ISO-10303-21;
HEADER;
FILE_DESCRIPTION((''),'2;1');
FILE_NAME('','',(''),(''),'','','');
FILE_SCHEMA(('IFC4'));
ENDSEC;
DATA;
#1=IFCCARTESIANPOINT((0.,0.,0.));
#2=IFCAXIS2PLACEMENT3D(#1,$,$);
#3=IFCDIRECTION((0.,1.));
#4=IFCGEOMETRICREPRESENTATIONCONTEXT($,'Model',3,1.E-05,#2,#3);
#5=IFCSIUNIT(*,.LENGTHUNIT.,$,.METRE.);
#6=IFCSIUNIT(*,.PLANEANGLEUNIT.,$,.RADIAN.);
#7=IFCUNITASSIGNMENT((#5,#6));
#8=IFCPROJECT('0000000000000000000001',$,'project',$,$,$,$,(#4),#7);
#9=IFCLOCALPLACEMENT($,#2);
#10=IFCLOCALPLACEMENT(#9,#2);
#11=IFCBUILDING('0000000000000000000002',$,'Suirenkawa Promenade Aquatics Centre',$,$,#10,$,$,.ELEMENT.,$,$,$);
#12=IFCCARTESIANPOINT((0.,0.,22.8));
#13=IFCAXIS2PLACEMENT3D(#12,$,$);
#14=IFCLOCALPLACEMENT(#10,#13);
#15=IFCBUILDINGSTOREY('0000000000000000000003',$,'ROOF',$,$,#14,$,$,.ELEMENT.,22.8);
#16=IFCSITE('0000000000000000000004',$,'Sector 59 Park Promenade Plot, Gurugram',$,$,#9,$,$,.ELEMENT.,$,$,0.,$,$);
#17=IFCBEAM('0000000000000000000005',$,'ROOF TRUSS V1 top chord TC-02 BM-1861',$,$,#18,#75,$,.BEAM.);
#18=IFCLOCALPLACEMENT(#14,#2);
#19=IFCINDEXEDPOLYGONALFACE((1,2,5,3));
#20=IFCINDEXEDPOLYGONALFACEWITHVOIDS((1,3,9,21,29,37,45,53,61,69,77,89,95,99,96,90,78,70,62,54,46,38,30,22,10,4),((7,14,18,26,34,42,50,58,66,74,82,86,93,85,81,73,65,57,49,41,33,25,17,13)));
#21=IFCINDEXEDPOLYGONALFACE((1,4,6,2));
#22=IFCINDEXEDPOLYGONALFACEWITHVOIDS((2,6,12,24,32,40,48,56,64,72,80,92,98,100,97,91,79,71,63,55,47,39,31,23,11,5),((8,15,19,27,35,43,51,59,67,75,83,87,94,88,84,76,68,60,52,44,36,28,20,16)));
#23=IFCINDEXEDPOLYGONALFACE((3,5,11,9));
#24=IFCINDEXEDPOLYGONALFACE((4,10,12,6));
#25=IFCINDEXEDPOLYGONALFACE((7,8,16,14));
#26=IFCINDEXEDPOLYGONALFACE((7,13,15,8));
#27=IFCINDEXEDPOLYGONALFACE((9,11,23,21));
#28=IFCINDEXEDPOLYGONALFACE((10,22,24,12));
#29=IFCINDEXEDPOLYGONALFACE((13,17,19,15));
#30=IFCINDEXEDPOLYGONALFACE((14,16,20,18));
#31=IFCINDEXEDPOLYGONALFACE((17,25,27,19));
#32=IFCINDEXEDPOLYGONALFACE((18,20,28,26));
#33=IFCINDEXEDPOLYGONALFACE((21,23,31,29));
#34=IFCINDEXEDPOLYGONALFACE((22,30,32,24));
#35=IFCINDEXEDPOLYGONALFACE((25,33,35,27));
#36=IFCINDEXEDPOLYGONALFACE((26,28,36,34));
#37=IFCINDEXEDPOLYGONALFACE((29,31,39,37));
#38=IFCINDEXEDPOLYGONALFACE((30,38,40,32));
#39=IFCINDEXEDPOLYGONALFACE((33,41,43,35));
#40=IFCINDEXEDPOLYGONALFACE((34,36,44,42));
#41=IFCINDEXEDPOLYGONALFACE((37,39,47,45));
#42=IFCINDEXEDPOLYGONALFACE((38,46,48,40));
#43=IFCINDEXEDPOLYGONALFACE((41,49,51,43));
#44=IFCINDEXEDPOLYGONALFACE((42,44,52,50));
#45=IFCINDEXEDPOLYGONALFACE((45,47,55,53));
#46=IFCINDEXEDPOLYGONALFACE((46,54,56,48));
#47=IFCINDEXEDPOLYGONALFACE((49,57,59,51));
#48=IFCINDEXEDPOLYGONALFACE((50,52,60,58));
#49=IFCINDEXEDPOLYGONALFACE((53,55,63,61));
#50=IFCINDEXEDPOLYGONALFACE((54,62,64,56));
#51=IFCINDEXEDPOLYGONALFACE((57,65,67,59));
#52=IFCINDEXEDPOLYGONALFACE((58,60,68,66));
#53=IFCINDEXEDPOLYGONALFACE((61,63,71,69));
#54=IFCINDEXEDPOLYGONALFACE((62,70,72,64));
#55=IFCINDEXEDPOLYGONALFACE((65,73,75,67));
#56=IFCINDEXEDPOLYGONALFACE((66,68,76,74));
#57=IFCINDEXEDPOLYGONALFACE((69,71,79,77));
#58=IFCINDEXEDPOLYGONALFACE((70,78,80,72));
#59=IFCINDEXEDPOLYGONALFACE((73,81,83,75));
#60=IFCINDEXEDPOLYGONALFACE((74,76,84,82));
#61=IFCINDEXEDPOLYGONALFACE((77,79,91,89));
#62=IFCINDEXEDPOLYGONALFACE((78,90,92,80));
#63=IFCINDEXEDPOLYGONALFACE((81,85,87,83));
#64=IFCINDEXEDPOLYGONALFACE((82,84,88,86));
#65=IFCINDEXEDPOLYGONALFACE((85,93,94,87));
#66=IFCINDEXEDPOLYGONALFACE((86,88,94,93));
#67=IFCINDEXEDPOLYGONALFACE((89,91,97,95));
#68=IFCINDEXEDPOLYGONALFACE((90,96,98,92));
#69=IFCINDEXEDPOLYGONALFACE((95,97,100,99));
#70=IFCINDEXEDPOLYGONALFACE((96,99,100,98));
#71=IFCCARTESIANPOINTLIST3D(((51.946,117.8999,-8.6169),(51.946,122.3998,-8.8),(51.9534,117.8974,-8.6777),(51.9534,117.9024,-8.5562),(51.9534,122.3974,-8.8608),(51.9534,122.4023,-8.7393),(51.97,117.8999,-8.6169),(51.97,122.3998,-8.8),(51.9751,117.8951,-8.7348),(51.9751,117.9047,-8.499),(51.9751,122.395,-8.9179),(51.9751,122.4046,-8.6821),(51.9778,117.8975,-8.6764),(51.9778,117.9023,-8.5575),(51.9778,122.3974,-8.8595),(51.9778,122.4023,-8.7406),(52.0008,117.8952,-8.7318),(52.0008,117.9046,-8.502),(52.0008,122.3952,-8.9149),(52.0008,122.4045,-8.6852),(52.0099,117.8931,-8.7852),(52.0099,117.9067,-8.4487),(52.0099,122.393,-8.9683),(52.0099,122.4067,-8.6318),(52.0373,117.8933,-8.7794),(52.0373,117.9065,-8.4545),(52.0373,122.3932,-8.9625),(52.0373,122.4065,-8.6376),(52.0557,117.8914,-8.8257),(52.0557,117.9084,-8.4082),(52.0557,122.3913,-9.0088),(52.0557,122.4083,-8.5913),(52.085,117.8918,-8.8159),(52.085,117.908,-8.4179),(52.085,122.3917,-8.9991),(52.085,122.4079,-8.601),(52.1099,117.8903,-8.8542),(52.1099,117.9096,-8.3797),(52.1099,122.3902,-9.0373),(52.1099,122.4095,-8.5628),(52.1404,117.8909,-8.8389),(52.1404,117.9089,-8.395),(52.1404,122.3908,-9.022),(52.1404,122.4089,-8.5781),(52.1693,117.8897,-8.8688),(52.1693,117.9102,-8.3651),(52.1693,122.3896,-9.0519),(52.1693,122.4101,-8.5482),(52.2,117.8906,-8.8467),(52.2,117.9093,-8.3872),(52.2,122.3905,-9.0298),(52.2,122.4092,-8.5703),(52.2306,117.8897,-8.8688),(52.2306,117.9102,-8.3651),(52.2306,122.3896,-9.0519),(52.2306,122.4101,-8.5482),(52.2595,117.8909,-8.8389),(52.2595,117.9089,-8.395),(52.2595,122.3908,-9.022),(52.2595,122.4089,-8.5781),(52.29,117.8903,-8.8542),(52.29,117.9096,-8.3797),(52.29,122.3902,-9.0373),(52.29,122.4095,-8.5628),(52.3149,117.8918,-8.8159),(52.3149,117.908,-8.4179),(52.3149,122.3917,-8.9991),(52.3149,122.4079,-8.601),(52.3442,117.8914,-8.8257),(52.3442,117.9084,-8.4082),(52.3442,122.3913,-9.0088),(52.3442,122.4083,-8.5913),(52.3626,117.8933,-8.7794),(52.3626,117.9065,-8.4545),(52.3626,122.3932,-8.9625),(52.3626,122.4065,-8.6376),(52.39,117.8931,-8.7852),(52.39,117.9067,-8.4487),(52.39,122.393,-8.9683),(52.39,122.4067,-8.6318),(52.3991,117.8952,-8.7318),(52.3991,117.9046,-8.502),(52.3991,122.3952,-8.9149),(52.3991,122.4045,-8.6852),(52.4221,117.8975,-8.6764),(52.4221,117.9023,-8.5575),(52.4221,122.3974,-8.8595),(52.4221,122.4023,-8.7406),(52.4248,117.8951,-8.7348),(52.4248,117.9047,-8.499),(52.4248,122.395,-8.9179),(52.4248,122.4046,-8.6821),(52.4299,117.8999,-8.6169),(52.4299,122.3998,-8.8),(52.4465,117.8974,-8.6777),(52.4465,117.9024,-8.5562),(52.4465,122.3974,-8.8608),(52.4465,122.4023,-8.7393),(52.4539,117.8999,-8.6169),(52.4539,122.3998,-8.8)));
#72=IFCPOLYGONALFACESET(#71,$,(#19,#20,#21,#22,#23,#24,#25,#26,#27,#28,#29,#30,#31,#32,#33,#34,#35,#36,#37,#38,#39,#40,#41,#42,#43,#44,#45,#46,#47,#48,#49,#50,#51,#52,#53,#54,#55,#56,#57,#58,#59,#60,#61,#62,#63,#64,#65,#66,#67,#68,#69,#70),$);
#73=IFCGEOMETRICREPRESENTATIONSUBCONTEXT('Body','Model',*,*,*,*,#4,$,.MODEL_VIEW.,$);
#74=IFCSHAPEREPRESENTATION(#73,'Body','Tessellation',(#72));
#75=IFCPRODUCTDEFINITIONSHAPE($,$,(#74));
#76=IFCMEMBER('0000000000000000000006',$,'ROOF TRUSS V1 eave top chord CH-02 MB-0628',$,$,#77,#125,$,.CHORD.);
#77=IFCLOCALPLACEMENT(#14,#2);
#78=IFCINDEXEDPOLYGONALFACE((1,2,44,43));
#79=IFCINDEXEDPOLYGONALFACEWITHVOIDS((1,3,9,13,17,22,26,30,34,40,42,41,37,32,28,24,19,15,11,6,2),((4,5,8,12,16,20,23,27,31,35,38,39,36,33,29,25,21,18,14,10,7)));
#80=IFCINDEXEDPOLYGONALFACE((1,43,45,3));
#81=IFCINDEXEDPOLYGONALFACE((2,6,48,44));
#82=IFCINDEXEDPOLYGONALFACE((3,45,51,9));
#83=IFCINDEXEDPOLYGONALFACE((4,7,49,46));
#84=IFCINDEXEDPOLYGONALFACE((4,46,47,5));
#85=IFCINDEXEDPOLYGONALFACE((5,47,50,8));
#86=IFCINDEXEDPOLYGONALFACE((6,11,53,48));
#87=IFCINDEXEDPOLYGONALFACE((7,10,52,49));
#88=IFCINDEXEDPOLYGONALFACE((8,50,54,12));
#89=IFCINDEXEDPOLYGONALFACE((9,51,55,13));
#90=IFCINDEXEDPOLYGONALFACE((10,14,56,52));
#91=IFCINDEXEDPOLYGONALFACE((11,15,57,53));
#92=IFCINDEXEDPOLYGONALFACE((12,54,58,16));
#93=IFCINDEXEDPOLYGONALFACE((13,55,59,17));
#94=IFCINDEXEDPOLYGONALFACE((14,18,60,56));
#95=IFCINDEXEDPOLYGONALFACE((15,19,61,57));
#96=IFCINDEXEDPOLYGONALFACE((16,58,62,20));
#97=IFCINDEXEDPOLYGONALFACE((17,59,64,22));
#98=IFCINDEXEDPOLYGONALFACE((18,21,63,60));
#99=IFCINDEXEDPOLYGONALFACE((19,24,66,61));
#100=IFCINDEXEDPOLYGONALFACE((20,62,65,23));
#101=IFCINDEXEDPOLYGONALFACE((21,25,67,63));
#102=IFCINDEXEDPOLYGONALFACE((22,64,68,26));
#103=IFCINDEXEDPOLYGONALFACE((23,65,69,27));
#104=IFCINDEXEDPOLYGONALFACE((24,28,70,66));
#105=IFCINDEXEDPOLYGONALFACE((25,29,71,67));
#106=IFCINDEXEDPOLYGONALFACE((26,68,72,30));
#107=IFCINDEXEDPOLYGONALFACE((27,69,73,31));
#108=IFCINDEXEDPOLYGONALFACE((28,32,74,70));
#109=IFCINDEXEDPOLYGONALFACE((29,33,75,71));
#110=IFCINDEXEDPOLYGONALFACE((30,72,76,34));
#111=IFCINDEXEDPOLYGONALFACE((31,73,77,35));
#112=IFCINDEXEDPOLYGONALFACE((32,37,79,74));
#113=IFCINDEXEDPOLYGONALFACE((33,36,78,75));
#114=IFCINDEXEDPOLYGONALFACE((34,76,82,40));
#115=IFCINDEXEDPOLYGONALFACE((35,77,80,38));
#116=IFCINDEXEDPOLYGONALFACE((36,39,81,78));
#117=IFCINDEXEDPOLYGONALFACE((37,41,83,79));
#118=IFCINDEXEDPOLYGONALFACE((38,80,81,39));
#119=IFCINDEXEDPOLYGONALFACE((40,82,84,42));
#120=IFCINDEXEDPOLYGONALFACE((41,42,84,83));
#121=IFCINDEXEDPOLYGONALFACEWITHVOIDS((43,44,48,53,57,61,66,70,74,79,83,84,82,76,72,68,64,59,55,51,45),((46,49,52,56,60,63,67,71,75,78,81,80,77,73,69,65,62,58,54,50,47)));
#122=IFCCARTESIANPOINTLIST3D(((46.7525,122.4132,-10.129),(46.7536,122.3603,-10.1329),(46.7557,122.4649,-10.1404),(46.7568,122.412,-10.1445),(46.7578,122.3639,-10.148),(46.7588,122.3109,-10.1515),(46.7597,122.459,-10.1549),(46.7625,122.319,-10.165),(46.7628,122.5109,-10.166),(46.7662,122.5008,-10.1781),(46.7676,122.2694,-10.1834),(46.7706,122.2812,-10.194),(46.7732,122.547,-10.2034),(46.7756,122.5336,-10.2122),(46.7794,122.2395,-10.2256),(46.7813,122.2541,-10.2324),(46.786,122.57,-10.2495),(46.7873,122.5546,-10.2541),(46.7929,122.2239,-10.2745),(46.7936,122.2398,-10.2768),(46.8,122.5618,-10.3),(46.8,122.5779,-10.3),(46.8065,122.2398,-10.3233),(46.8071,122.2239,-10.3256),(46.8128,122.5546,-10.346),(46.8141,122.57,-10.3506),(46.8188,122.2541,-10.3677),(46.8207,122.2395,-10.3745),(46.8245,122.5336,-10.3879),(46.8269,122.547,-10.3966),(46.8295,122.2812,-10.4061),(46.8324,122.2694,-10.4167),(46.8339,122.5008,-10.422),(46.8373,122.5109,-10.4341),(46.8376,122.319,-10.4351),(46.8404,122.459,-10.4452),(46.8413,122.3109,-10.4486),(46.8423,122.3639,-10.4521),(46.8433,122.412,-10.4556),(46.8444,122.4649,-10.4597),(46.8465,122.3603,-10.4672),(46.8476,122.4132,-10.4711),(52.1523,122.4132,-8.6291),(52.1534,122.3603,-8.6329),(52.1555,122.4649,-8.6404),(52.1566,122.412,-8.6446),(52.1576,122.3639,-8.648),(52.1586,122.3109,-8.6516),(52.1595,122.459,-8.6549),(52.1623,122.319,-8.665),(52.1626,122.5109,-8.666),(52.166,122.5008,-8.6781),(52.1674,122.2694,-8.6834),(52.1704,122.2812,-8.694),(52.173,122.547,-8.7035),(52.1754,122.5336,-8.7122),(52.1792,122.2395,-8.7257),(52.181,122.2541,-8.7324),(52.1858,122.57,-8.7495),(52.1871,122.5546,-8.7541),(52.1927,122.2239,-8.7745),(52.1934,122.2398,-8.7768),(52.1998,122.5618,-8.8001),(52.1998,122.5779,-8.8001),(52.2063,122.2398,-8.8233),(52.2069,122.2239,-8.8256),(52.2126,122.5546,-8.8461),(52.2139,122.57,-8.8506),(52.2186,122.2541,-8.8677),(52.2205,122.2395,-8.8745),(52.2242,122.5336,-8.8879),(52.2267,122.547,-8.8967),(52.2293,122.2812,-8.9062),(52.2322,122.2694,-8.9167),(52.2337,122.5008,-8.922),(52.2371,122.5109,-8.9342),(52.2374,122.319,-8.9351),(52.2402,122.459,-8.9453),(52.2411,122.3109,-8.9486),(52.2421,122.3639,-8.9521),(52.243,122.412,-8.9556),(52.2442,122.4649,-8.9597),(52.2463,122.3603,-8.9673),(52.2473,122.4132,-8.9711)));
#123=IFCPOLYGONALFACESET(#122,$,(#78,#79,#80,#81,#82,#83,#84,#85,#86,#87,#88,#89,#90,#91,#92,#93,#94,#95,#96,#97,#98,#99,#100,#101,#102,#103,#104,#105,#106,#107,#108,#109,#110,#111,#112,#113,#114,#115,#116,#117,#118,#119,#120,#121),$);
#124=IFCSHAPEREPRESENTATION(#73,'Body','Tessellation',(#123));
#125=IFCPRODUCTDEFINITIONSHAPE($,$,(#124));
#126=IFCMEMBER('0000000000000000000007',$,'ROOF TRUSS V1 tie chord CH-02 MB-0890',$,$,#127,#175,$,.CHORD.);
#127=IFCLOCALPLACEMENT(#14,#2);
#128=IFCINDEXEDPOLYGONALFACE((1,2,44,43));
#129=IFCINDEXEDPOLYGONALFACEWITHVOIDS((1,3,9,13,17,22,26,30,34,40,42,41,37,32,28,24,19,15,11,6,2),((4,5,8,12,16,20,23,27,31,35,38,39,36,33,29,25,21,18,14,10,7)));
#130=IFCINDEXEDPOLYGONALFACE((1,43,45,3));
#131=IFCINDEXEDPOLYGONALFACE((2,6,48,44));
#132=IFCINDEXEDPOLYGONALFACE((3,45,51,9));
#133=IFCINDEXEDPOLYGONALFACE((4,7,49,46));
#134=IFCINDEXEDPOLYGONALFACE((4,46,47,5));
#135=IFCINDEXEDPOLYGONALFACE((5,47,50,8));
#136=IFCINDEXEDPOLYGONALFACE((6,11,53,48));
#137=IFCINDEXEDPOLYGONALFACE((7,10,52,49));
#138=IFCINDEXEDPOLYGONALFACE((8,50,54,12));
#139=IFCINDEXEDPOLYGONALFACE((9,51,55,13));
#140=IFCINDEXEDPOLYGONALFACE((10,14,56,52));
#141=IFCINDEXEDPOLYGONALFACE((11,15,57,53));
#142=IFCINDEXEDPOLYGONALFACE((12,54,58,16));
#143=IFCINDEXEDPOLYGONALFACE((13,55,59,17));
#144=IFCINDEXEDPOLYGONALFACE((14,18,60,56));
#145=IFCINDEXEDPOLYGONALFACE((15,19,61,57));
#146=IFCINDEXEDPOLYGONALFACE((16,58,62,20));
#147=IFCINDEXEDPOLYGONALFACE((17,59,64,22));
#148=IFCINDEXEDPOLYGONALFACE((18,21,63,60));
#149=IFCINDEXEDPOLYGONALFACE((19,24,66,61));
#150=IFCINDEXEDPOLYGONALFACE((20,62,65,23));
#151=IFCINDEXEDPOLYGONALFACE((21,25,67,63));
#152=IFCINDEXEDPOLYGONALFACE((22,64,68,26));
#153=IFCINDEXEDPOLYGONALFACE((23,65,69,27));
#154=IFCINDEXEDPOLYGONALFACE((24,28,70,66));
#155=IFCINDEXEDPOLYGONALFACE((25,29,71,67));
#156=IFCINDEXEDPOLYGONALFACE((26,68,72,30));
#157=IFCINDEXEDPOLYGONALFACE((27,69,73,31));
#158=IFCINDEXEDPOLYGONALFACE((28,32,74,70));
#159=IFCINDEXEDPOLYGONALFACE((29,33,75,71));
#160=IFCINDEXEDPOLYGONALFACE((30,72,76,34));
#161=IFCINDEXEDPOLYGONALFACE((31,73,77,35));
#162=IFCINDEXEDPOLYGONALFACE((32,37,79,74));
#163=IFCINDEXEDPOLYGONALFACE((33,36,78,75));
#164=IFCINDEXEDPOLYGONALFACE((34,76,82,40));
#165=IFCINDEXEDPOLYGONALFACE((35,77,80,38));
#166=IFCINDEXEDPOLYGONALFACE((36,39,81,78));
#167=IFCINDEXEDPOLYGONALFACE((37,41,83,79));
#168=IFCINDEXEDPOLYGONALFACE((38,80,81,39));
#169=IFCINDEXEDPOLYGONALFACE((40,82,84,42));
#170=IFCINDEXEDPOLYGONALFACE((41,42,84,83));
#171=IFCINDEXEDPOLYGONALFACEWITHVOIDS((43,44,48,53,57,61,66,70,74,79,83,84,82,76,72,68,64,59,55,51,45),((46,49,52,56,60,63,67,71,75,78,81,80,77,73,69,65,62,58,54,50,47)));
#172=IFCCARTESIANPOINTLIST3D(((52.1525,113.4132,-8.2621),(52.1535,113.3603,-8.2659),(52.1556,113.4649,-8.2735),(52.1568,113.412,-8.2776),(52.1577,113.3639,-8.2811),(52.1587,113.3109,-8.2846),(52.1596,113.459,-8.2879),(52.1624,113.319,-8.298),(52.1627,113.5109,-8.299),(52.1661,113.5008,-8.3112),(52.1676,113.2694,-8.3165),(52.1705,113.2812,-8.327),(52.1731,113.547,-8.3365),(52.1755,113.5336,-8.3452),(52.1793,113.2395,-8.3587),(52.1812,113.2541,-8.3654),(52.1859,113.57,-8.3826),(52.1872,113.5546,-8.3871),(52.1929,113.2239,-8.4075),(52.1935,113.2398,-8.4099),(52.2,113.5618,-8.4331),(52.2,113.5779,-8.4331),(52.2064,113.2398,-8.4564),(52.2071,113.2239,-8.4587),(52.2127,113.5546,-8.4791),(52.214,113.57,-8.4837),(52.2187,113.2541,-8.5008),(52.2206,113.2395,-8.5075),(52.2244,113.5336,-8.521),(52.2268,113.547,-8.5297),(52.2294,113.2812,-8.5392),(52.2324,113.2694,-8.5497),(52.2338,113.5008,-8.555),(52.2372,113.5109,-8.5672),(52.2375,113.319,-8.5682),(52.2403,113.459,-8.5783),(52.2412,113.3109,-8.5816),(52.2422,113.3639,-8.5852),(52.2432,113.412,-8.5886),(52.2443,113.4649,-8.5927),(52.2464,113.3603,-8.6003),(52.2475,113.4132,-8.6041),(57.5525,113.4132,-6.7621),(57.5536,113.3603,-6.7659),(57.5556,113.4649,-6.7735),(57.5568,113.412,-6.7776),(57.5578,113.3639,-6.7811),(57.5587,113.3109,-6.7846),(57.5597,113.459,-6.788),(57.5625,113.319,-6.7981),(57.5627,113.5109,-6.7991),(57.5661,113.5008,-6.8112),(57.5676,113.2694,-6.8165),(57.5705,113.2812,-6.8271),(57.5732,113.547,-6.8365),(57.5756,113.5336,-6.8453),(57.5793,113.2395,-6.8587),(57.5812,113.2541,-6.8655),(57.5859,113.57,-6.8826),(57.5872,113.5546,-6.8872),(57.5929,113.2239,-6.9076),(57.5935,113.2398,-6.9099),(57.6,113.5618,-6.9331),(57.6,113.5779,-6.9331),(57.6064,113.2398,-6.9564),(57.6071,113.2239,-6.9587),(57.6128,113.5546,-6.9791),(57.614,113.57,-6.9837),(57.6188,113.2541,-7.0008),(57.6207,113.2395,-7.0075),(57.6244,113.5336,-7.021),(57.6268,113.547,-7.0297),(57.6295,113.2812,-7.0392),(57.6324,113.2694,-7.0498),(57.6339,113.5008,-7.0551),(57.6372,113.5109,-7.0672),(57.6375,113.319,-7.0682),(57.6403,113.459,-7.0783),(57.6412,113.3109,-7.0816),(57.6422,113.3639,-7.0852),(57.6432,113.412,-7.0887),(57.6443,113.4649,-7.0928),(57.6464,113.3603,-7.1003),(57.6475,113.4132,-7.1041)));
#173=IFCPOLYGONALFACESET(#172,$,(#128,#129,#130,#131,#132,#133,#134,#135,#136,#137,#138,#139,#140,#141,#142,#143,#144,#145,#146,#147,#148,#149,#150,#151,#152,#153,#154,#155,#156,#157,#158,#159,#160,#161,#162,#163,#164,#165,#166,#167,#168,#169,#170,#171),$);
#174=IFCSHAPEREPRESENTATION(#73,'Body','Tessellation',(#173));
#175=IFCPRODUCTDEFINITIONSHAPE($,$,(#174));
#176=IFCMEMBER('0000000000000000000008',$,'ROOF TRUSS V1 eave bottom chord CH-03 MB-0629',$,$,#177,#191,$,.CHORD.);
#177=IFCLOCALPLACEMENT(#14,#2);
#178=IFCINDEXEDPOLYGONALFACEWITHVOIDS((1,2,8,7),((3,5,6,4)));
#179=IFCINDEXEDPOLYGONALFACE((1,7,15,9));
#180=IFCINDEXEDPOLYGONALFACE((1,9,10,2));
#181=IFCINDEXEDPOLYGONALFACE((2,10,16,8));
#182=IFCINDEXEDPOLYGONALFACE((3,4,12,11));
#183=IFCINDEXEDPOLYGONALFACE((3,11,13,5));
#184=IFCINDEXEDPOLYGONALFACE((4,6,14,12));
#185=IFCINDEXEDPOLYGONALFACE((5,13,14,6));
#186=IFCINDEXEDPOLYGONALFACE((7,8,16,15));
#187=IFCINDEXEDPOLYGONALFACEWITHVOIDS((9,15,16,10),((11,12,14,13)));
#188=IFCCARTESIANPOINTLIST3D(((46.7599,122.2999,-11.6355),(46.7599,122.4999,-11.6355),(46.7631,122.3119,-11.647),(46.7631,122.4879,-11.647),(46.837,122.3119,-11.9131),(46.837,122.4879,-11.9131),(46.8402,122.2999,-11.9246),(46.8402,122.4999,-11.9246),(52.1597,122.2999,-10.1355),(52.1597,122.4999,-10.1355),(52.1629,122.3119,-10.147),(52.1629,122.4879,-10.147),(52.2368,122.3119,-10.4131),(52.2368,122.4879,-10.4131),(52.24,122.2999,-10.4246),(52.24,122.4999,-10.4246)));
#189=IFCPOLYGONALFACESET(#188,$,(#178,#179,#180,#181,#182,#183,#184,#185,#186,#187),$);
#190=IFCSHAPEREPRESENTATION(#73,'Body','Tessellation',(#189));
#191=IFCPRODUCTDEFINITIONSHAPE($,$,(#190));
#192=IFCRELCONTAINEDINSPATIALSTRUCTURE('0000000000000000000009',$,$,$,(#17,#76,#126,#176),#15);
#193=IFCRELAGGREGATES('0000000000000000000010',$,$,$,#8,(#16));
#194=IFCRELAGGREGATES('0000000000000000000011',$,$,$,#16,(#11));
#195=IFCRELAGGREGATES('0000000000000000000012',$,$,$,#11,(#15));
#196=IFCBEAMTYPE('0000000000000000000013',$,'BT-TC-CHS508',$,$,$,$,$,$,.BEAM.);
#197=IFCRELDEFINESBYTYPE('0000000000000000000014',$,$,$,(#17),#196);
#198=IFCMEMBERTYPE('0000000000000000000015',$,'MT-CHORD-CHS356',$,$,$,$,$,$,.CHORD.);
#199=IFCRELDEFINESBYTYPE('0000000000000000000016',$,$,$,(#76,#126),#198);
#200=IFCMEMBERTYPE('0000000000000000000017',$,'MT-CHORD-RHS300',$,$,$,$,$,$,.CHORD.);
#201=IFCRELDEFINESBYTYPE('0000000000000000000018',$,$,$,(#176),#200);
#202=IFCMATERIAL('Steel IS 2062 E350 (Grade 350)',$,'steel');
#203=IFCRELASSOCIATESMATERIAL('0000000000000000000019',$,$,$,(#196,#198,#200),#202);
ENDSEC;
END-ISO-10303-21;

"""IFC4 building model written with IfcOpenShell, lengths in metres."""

from ifc_helpers import new_model, si_unit, direction, frame, origin, origin_2d, place, context, subcontext, project, spatial, hollow_rectangle, hollow_circle, extrude, material, material_profile, profile_set, type_object, element, save


model = new_model("IFC4")

# Units and contexts
model_context = context("Model", 3, precision=1e-05, world=origin(), true_north=direction((0.0, 1.0)))
body_context = subcontext(model_context, "Body", "Model", "MODEL_VIEW")
ifc_project = project(units=[si_unit("LENGTHUNIT", "METRE"), si_unit("PLANEANGLEUNIT", "RADIAN")], contexts=[model_context])

# Site, building, storey
site_placement = place(None, origin())
site = spatial("IfcSite", under=ifc_project, at=site_placement, Name="Sector 59 Park Promenade Plot, Gurugram", CompositionType="ELEMENT", RefElevation=0.0)
building_placement = place(site_placement, origin())
building = spatial("IfcBuilding", under=site, at=building_placement, Name="Suirenkawa Promenade Aquatics Centre", CompositionType="ELEMENT")
storey_placement = place(building_placement, frame((0.0, 0.0, 22.8)))
storey = spatial("IfcBuildingStorey", under=building, at=storey_placement, Name="ROOF", CompositionType="ELEMENT", Elevation=22.8)

# Beam
ifc_material = material(Name="Steel IS 2062 E350 (Grade 350)", Category="steel")
ifc_material_profile_1 = material_profile(ifc_material, hollow_circle(Radius=0.2539, WallThickness=0.0239, at=origin_2d()), Name="CHS 508x24", Category="steel")
ifc_profile_set_1 = profile_set([ifc_material_profile_1], Name="Steel IS 2062 E350 (Grade 350)")
beam_type_1 = type_object("IfcBeamType", Name="BT-TC-CHS508", PredefinedType="BEAM", material=ifc_profile_set_1)
for number, where, z_axis, x_axis, name in (
    (1, (52.2, 117.8999, -8.6169), (0.0, 0.999173, -0.040656), (-1.0, 0.0, 0.0), "ROOF TRUSS V1 top chord TC-02 BM-1861"),
):
    element("IfcBeam", number, at=place(storey_placement, frame(where, z_axis=z_axis, x_axis=x_axis)), inside=storey, type_object=beam_type_1, Name=name, PredefinedType="BEAM", context=body_context, shape_type="SweptSolid", body=[
        extrude(hollow_circle(Radius=0.2539, WallThickness=0.0239, at=origin_2d()), origin(), (0.0, 0.0, 1.0), 4.5037),
    ])

# Members
ifc_material_profile_2 = material_profile(ifc_material, hollow_circle(Radius=0.178, WallThickness=0.0161, at=origin_2d()), Name="CHS 356x16", Category="steel")
ifc_profile_set_2 = profile_set([ifc_material_profile_2], Name="Steel IS 2062 E350 (Grade 350)")
member_type_1 = type_object("IfcMemberType", Name="MT-CHORD-CHS356", PredefinedType="CHORD", material=ifc_profile_set_2)
member_1_placement = place(storey_placement, frame((46.8, 122.3999, -10.3), z_axis=(0.963517, 0.0, 0.267648), x_axis=(0.0, 1.0, 0.0)))
element("IfcMember", 2, at=member_1_placement, inside=storey, type_object=member_type_1, Name="ROOF TRUSS V1 eave top chord CH-02 MB-0628", PredefinedType="CHORD", context=body_context, shape_type="SweptSolid", body=[
    extrude(hollow_circle(Radius=0.178, WallThickness=0.0161, at=origin_2d()), origin(), (0.0, 0.0, 1.0), 5.6042),
])
member_2_placement = place(storey_placement, frame((52.2, 113.3999, -8.4331), z_axis=(0.96352, 0.0, 0.267637), x_axis=(0.0, 1.0, 0.0)))
element("IfcMember", 3, at=member_2_placement, inside=storey, type_object=member_type_1, Name="ROOF TRUSS V1 tie chord CH-02 MB-0890", PredefinedType="CHORD", context=body_context, shape_type="SweptSolid", body=[
    extrude(hollow_circle(Radius=0.178, WallThickness=0.0161, at=origin_2d()), origin(), (0.0, 0.0, 1.0), 5.6045),
])
ifc_material_profile_3 = material_profile(ifc_material, hollow_rectangle(XDim=0.2, YDim=0.3, WallThickness=0.012, at=origin_2d()), Name="RHS 300x200x12", Category="steel")
ifc_profile_set_3 = profile_set([ifc_material_profile_3], Name="Steel IS 2062 E350 (Grade 350)")
member_type_2 = type_object("IfcMemberType", Name="MT-CHORD-RHS300", PredefinedType="CHORD", material=ifc_profile_set_3)
member_3_placement = place(storey_placement, frame((46.8, 122.3999, -11.78), z_axis=(0.963517, 0.0, 0.267648), x_axis=(0.0, 1.0, 0.0)))
element("IfcMember", 4, at=member_3_placement, inside=storey, type_object=member_type_2, Name="ROOF TRUSS V1 eave bottom chord CH-03 MB-0629", PredefinedType="CHORD", context=body_context, shape_type="SweptSolid", body=[
    extrude(hollow_rectangle(XDim=0.2, YDim=0.3, WallThickness=0.012, at=origin_2d()), origin(), (0.0, 0.0, 1.0), 5.6042),
])

save(model, "model.ifc")
